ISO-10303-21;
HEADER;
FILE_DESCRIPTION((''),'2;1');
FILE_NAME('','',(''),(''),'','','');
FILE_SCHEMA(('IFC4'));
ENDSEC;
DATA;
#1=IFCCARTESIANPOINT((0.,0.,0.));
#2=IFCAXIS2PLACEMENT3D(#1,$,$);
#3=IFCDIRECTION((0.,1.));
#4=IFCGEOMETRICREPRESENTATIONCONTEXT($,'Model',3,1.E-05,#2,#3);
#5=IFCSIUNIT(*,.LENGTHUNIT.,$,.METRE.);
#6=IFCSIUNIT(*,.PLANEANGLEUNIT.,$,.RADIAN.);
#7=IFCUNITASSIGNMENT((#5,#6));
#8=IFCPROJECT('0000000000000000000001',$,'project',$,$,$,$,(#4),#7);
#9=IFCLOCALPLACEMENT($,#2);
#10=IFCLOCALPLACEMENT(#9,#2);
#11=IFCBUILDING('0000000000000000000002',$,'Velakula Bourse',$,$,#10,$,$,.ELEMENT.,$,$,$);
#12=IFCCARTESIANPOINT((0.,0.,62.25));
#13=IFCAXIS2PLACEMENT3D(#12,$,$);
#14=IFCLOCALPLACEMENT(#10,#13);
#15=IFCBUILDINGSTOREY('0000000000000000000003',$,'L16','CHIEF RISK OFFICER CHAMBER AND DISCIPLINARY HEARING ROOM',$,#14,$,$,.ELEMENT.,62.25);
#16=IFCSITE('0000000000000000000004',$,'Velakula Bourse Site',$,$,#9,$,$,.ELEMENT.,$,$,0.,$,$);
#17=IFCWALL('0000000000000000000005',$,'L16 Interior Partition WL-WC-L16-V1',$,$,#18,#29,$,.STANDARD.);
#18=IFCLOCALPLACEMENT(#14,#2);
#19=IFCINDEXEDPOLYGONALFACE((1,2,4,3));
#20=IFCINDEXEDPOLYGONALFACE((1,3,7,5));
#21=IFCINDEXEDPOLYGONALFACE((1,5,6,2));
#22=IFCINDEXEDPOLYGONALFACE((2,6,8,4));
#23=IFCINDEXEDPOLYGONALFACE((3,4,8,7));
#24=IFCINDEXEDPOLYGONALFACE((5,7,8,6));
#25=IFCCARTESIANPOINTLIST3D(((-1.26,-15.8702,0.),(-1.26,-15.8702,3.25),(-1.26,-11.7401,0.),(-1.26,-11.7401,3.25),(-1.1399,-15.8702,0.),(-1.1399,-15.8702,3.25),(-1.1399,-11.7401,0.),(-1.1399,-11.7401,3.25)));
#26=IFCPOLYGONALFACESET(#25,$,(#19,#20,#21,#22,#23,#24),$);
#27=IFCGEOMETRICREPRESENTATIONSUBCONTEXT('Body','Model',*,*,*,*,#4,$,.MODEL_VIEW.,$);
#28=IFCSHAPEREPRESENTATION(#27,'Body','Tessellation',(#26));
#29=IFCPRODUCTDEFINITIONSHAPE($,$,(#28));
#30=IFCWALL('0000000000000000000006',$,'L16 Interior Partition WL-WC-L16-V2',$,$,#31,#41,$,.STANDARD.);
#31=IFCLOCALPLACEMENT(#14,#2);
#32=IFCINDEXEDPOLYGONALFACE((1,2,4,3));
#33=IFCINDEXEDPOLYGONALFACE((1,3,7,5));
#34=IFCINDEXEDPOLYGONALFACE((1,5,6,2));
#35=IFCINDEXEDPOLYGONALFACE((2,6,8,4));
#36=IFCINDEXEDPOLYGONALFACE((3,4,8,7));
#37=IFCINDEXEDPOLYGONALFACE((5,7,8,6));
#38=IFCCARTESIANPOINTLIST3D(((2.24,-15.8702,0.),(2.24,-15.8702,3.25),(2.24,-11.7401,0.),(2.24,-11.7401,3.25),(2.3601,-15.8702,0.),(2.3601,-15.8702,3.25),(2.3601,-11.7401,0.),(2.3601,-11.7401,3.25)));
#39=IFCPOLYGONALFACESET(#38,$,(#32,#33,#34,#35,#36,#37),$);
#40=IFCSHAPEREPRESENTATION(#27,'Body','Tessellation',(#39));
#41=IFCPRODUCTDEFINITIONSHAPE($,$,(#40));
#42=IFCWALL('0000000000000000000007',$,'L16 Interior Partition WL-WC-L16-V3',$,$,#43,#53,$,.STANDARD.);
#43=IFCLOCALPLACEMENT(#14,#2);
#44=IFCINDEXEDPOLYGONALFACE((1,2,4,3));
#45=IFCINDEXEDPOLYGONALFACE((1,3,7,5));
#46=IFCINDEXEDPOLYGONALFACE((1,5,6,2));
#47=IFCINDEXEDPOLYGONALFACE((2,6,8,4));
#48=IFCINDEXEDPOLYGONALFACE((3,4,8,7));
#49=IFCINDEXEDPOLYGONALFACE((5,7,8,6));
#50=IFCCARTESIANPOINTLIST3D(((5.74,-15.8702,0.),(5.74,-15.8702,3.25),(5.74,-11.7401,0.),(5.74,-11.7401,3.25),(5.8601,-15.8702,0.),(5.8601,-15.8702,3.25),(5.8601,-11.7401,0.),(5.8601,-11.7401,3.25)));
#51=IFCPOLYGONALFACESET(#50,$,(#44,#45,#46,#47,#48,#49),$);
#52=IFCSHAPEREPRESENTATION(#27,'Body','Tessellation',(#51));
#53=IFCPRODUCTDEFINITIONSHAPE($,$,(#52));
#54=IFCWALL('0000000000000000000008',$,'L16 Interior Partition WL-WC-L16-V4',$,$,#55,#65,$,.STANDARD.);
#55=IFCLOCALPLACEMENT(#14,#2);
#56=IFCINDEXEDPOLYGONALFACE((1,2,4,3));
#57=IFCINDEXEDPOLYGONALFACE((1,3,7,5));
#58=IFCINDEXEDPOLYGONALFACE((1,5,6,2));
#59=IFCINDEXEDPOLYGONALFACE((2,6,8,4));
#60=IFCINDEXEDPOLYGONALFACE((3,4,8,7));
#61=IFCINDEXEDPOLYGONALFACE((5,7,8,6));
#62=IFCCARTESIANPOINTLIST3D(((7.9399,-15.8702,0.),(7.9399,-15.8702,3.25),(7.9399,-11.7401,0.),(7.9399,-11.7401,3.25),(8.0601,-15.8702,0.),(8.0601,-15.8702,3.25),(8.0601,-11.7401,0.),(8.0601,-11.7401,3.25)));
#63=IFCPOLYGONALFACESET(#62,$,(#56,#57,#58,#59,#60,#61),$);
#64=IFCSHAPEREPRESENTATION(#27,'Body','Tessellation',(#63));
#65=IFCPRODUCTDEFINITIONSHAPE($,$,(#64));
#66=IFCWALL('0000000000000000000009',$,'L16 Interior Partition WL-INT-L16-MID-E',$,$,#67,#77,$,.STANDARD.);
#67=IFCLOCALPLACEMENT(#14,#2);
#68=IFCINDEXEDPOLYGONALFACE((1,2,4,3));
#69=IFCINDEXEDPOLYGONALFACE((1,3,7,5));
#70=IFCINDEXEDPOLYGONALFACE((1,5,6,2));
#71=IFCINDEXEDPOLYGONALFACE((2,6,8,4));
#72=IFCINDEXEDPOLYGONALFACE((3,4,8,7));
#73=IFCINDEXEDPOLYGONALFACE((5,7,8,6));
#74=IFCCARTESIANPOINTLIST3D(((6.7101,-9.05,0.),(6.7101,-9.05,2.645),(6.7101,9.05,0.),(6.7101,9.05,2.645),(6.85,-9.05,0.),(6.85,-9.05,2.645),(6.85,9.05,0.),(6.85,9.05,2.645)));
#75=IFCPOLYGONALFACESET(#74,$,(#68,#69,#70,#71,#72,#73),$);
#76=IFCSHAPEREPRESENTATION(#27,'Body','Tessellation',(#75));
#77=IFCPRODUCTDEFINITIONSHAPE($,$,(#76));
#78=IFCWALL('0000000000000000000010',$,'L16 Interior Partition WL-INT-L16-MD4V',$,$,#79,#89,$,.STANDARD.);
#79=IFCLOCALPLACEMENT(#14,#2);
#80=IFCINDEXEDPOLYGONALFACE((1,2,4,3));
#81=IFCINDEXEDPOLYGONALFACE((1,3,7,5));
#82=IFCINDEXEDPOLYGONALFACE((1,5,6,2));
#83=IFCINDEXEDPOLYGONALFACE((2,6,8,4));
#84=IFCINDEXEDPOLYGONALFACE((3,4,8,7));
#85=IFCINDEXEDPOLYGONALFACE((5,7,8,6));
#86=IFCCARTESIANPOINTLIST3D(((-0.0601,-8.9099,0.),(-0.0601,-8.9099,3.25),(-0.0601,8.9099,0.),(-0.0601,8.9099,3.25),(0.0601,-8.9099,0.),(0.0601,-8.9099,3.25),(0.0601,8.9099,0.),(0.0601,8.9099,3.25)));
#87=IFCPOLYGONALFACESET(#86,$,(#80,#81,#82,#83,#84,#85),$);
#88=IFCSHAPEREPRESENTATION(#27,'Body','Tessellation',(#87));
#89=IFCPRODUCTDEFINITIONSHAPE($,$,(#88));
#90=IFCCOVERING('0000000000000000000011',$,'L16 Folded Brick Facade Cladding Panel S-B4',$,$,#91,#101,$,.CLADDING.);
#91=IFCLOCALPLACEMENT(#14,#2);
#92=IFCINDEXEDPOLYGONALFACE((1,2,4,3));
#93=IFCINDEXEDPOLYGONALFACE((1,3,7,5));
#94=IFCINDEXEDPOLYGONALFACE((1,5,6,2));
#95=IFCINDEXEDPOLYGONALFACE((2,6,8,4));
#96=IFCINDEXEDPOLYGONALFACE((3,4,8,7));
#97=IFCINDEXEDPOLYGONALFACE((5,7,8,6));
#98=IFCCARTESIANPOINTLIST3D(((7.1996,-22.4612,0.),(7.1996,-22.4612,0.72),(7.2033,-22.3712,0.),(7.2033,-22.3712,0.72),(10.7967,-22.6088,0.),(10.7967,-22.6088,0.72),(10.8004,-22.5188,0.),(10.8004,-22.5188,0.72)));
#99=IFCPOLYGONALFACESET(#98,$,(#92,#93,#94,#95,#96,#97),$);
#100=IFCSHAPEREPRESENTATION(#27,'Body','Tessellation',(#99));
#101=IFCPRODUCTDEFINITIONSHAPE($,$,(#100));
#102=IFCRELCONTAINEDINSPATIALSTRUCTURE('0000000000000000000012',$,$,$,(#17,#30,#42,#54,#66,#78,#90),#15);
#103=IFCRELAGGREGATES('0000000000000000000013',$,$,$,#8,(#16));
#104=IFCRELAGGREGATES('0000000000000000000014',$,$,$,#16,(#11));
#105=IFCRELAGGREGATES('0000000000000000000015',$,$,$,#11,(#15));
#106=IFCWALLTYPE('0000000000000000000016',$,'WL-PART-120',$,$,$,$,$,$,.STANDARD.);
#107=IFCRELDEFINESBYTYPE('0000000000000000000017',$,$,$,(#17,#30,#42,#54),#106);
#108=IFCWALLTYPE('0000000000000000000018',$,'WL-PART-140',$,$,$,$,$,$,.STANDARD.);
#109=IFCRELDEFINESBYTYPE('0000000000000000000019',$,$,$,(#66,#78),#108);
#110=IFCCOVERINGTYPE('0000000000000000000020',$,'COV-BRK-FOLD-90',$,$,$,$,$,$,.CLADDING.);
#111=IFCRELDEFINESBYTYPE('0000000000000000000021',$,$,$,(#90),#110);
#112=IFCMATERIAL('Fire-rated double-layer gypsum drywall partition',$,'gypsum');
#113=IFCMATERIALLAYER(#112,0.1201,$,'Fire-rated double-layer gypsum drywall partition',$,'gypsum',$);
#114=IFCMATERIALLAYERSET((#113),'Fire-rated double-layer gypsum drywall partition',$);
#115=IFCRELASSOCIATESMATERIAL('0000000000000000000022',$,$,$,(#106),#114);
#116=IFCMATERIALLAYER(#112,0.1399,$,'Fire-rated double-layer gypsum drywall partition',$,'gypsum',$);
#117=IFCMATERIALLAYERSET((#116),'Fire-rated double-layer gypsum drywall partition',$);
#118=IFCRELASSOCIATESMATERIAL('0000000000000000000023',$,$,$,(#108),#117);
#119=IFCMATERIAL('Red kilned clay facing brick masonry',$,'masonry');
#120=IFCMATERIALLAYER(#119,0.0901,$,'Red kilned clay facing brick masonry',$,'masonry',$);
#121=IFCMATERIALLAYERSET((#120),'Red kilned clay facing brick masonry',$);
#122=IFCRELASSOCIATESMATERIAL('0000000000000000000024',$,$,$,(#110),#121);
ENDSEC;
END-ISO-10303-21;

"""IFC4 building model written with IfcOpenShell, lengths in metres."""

from ifc_helpers import new_model, si_unit, direction, frame, frame_2d, origin, origin_2d, place, context, subcontext, project, spatial, rectangle, extrude, material, layer, layer_set, type_object, element, save


model = new_model("IFC4")

# Units and contexts
model_context = context("Model", 3, precision=1e-05, world=origin(), true_north=direction((0.0, 1.0)))
body_context = subcontext(model_context, "Body", "Model", "MODEL_VIEW")
ifc_project = project(units=[si_unit("LENGTHUNIT", "METRE"), si_unit("PLANEANGLEUNIT", "RADIAN")], contexts=[model_context])

# Site, building, storey
site_placement = place(None, origin())
site = spatial("IfcSite", under=ifc_project, at=site_placement, Name="Velakula Bourse Site", CompositionType="ELEMENT", RefElevation=0.0)
building_placement = place(site_placement, origin())
building = spatial("IfcBuilding", under=site, at=building_placement, Name="Velakula Bourse", CompositionType="ELEMENT")
storey_placement = place(building_placement, frame((0.0, 0.0, 62.25)))
storey = spatial("IfcBuildingStorey", under=building, at=storey_placement, Name="L16", Description="CHIEF RISK OFFICER CHAMBER AND DISCIPLINARY HEARING ROOM", CompositionType="ELEMENT", Elevation=62.25)

# Shared definitions
ifc_material_1 = material(Name="Red kilned clay facing brick masonry", Category="masonry")

# Walls
ifc_material_2 = material(Name="Fire-rated double-layer gypsum drywall partition", Category="gypsum")
ifc_layer_1 = layer(ifc_material_2, 0.1201, Name="Fire-rated double-layer gypsum drywall partition", Category="gypsum")
ifc_layer_set_1 = layer_set([ifc_layer_1], Name="Fire-rated double-layer gypsum drywall partition")
wall_type_1 = type_object("IfcWallType", Name="WL-PART-120", PredefinedType="STANDARD", material=ifc_layer_set_1)
for number, where, z_axis, x_axis, name in (
    (1, (-1.2, -15.8701, 0.0), (0.0, 0.0, 1.0), (0.0, 1.0, 0.0), "L16 Interior Partition WL-WC-L16-V1"),
    (2, (2.3, -15.8701, 0.0), (0.0, 0.0, 1.0), (0.0, 1.0, 0.0), "L16 Interior Partition WL-WC-L16-V2"),
    (3, (5.8, -15.8701, 0.0), (0.0, 0.0, 1.0), (0.0, 1.0, 0.0), "L16 Interior Partition WL-WC-L16-V3"),
    (4, (8.0, -15.8701, 0.0), (0.0, 0.0, 1.0), (0.0, 1.0, 0.0), "L16 Interior Partition WL-WC-L16-V4"),
):
    element("IfcWall", number, at=place(storey_placement, frame(where, z_axis=z_axis, x_axis=x_axis)), inside=storey, type_object=wall_type_1, Name=name, PredefinedType="STANDARD", context=body_context, shape_type="SweptSolid", body=[
        extrude(rectangle(XDim=4.1301, YDim=0.1201, at=frame_2d((2.0649, 0.0))), origin(), (0.0, 0.0, 1.0), 3.25),
    ])
ifc_layer_2 = layer(ifc_material_2, 0.1399, Name="Fire-rated double-layer gypsum drywall partition", Category="gypsum")
ifc_layer_set_2 = layer_set([ifc_layer_2], Name="Fire-rated double-layer gypsum drywall partition")
wall_type_2 = type_object("IfcWallType", Name="WL-PART-140", PredefinedType="STANDARD", material=ifc_layer_set_2)
wall_1_placement = place(storey_placement, frame((6.78, -9.05, 0.0), z_axis=(0.0, 0.0, 1.0), x_axis=(0.0, 1.0, 0.0)))
element("IfcWall", 5, at=wall_1_placement, inside=storey, type_object=wall_type_2, Name="L16 Interior Partition WL-INT-L16-MID-E", PredefinedType="STANDARD", context=body_context, shape_type="SweptSolid", body=[
    extrude(rectangle(XDim=18.1001, YDim=0.1399, at=frame_2d((9.05, 0.0))), origin(), (0.0, 0.0, 1.0), 2.645),
])
wall_2_placement = place(storey_placement, frame((0.0, -8.9099, 0.0), z_axis=(0.0, 0.0, 1.0), x_axis=(0.0, 1.0, 0.0)))
element("IfcWall", 6, at=wall_2_placement, inside=storey, type_object=wall_type_2, Name="L16 Interior Partition WL-INT-L16-MD4V", PredefinedType="STANDARD", context=body_context, shape_type="SweptSolid", body=[
    extrude(rectangle(XDim=17.8198, YDim=0.1201, at=frame_2d((8.9099, 0.0))), origin(), (0.0, 0.0, 1.0), 3.25),
])

# Covering
ifc_layer_3 = layer(ifc_material_1, 0.0901, Name="Red kilned clay facing brick masonry", Category="masonry")
ifc_layer_set_3 = layer_set([ifc_layer_3], Name="Red kilned clay facing brick masonry")
covering_type = type_object("IfcCoveringType", Name="COV-BRK-FOLD-90", PredefinedType="CLADDING", material=ifc_layer_set_3)
covering_placement = place(storey_placement, frame((9.0, -22.49, 0.0), z_axis=(0.0, 0.0, 1.0), x_axis=(0.999159, -0.041004, 0.0)))
element("IfcCovering", 7, at=covering_placement, inside=storey, type_object=covering_type, Name="L16 Folded Brick Facade Cladding Panel S-B4", PredefinedType="CLADDING", context=body_context, shape_type="SweptSolid", body=[
    extrude(rectangle(XDim=3.6001, YDim=0.0901, at=origin_2d()), origin(), (0.0, 0.0, 1.0), 0.72),
])

save(model, "model.ifc")
